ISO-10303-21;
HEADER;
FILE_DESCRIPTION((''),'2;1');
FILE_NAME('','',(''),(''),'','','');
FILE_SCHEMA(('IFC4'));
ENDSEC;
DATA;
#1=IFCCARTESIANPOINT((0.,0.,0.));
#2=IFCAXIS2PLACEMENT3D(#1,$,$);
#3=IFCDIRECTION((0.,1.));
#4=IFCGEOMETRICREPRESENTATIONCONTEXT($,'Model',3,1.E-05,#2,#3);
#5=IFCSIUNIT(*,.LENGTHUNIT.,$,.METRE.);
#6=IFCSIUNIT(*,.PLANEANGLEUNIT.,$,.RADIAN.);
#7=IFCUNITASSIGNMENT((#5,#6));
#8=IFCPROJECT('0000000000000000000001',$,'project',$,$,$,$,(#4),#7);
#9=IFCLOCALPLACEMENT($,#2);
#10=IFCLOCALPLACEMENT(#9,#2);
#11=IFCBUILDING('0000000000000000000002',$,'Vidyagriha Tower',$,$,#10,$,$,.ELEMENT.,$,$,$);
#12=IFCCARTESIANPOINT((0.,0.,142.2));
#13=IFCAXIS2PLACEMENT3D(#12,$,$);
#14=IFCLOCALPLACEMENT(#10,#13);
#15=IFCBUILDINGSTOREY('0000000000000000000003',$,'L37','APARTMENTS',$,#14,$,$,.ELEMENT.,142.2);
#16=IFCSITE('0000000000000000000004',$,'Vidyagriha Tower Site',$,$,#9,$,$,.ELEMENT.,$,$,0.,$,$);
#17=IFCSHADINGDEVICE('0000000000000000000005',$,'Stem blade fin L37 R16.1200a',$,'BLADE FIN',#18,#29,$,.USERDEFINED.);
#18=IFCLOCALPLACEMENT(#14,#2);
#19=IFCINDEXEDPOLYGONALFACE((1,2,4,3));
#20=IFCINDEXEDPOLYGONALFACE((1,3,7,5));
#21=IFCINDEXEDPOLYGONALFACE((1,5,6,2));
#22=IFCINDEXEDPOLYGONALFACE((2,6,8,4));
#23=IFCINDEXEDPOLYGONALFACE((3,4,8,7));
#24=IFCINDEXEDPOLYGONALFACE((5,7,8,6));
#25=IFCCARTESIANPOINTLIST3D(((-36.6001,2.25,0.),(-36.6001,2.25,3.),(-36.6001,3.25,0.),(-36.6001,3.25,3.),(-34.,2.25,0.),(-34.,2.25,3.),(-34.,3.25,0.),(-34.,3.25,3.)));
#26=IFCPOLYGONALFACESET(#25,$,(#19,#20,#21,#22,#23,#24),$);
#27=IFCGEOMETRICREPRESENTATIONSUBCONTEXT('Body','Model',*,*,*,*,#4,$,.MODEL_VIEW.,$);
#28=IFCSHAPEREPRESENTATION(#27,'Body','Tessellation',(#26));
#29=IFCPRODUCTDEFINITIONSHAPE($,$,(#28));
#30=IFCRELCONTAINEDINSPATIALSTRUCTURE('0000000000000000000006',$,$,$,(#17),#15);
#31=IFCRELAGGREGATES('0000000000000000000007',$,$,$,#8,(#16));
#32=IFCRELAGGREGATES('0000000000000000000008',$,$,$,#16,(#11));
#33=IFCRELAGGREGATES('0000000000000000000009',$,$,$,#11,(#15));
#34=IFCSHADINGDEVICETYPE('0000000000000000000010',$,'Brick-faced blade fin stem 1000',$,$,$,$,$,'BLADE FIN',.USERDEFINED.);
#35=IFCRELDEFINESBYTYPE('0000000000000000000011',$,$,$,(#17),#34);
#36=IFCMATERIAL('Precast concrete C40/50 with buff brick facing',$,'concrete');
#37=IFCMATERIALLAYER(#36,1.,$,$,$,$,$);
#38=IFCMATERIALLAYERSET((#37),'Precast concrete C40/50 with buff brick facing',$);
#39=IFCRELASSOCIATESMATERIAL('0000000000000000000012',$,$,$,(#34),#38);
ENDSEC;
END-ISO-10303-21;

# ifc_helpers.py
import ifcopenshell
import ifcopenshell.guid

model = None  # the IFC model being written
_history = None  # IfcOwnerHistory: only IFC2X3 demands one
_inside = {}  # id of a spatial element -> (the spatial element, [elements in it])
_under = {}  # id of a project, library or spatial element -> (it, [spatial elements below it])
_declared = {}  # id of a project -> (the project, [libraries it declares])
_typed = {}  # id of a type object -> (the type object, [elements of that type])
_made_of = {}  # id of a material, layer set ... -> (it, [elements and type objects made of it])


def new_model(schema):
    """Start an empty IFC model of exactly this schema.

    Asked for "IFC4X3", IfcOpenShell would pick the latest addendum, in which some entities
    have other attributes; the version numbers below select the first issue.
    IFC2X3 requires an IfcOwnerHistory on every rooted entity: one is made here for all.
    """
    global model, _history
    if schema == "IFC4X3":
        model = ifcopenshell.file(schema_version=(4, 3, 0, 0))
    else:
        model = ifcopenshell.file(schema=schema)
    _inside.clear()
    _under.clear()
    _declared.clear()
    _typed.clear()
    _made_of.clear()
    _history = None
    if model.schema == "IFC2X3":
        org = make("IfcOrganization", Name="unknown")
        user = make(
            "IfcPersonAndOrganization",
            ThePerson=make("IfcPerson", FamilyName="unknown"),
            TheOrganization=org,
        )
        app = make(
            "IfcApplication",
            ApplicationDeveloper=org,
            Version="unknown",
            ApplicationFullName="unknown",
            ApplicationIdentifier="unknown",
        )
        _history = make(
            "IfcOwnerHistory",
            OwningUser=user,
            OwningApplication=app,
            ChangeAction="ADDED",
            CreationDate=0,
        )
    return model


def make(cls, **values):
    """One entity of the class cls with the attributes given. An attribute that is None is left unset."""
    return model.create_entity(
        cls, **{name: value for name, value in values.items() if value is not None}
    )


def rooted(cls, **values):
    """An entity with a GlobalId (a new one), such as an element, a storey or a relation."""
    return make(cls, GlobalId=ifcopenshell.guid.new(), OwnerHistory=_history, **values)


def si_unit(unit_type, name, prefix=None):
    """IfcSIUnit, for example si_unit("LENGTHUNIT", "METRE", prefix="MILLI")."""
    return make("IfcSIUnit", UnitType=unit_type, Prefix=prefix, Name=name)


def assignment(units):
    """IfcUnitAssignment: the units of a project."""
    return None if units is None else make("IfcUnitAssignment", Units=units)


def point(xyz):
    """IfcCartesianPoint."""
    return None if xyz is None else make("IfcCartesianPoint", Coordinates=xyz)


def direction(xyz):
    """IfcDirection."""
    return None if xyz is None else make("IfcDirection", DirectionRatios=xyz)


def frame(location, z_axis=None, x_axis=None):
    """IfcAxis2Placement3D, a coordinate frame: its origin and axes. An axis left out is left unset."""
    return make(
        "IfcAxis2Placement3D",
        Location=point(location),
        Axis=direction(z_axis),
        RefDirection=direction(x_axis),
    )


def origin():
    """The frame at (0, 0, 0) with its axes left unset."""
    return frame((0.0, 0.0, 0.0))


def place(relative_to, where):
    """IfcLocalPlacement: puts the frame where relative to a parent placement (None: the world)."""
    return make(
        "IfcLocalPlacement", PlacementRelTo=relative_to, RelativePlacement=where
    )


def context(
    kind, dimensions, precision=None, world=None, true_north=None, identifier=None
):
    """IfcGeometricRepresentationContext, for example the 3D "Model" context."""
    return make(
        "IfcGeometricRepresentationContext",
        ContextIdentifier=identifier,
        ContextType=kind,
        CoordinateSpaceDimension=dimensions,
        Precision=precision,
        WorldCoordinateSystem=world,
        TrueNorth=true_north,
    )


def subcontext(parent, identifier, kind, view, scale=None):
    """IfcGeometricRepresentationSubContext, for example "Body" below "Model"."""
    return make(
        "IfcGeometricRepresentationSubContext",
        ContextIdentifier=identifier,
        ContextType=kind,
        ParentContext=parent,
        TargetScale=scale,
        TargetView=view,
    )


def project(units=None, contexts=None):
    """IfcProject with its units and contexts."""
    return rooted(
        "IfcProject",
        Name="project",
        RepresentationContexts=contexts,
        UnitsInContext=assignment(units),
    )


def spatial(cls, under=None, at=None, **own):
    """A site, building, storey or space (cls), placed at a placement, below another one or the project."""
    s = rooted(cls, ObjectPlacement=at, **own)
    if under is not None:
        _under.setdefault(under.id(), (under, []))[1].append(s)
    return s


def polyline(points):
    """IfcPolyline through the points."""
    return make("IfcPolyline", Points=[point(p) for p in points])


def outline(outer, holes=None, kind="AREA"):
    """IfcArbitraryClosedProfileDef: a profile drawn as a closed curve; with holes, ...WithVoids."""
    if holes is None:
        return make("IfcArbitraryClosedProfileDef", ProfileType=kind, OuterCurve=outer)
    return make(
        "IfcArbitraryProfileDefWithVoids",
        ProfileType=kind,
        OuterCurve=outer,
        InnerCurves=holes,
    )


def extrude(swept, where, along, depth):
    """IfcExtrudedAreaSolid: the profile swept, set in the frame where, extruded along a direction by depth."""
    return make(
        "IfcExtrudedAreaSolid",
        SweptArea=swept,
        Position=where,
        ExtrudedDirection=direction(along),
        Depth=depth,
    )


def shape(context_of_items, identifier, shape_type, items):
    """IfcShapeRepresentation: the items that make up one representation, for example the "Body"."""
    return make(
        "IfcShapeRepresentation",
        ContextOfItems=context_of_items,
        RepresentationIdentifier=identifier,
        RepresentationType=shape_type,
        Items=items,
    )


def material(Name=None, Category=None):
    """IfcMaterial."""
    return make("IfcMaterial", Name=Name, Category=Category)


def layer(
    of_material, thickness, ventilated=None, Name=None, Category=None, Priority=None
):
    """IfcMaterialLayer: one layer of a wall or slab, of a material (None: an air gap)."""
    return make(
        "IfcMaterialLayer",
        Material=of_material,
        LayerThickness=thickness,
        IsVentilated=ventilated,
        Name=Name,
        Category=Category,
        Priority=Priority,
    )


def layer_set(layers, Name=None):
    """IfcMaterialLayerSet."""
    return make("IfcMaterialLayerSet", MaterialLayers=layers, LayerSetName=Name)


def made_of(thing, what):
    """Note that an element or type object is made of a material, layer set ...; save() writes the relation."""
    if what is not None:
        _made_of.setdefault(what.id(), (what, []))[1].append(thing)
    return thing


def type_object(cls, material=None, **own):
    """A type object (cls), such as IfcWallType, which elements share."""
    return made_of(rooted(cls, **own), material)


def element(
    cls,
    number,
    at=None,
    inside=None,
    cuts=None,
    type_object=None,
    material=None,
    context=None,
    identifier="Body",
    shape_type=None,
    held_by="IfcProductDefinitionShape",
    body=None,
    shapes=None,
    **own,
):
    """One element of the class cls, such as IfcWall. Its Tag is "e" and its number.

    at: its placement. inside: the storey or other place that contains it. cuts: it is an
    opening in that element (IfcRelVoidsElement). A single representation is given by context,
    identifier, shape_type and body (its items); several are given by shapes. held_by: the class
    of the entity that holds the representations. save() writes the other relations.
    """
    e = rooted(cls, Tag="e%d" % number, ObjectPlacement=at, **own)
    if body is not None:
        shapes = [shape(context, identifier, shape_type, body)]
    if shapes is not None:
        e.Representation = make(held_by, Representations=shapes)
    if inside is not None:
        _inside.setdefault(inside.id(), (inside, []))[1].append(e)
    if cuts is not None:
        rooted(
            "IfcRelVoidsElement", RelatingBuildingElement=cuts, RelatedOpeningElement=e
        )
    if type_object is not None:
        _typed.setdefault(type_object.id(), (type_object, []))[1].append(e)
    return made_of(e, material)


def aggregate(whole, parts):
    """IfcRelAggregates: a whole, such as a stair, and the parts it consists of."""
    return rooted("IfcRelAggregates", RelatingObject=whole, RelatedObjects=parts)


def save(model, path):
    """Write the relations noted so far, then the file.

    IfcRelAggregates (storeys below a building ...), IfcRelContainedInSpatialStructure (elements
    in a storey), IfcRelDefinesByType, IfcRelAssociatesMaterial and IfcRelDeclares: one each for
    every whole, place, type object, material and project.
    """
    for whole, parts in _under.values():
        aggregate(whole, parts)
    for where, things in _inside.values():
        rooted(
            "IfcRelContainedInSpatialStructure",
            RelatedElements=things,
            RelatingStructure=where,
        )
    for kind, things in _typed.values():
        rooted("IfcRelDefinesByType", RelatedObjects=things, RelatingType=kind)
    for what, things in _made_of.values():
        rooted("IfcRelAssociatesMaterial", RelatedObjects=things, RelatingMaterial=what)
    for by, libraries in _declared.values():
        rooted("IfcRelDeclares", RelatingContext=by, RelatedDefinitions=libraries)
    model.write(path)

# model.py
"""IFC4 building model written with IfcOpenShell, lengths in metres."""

from ifc_helpers import new_model, si_unit, direction, frame, origin, place, context, subcontext, project, spatial, polyline, outline, extrude, material, layer, layer_set, type_object, element, save


model = new_model("IFC4")

# Units and contexts
model_context = context("Model", 3, precision=1e-05, world=origin(), true_north=direction((0.0, 1.0)))
body_context = subcontext(model_context, "Body", "Model", "MODEL_VIEW")
ifc_project = project(units=[si_unit("LENGTHUNIT", "METRE"), si_unit("PLANEANGLEUNIT", "RADIAN")], contexts=[model_context])

# Site, building, storey
site_placement = place(None, origin())
site = spatial("IfcSite", under=ifc_project, at=site_placement, Name="Vidyagriha Tower Site", CompositionType="ELEMENT", RefElevation=0.0)
building_placement = place(site_placement, origin())
building = spatial("IfcBuilding", under=site, at=building_placement, Name="Vidyagriha Tower", CompositionType="ELEMENT")
storey_placement = place(building_placement, frame((0.0, 0.0, 142.2)))
storey = spatial("IfcBuildingStorey", under=building, at=storey_placement, Name="L37", Description="APARTMENTS", CompositionType="ELEMENT", Elevation=142.2)

# Shading device
ifc_material_1 = material(Name="Precast concrete C40/50 with buff brick facing", Category="concrete")
ifc_layer_1 = layer(ifc_material_1, 1.0)
ifc_layer_set_1 = layer_set([ifc_layer_1], Name="Precast concrete C40/50 with buff brick facing")
shading_device_type_1 = type_object("IfcShadingDeviceType", Name="Brick-faced blade fin stem 1000", ElementType="BLADE FIN", PredefinedType="USERDEFINED", material=ifc_layer_set_1)
shading_device_1_placement = place(storey_placement, frame((-35.3, 3.25, 0.0), z_axis=(0.0, 0.0, 1.0), x_axis=(0.0, -1.0, 0.0)))
element("IfcShadingDevice", 1, at=shading_device_1_placement, inside=storey, type_object=shading_device_type_1, Name="Stem blade fin L37 R16.1200a", ObjectType="BLADE FIN", PredefinedType="USERDEFINED", context=body_context, shape_type="SweptSolid", body=[
    extrude(outline(polyline([(0.0, 0.0), (1.0, 0.0), (1.0, 3.0), (0.0, 3.0), (0.0, 0.0)])), frame((0.0, 1.3, 0.0), z_axis=(0.0, -1.0, 0.0), x_axis=(1.0, 0.0, 0.0)), (0.0, 0.0, 1.0), 2.6001),
])

save(model, "model.ifc")
